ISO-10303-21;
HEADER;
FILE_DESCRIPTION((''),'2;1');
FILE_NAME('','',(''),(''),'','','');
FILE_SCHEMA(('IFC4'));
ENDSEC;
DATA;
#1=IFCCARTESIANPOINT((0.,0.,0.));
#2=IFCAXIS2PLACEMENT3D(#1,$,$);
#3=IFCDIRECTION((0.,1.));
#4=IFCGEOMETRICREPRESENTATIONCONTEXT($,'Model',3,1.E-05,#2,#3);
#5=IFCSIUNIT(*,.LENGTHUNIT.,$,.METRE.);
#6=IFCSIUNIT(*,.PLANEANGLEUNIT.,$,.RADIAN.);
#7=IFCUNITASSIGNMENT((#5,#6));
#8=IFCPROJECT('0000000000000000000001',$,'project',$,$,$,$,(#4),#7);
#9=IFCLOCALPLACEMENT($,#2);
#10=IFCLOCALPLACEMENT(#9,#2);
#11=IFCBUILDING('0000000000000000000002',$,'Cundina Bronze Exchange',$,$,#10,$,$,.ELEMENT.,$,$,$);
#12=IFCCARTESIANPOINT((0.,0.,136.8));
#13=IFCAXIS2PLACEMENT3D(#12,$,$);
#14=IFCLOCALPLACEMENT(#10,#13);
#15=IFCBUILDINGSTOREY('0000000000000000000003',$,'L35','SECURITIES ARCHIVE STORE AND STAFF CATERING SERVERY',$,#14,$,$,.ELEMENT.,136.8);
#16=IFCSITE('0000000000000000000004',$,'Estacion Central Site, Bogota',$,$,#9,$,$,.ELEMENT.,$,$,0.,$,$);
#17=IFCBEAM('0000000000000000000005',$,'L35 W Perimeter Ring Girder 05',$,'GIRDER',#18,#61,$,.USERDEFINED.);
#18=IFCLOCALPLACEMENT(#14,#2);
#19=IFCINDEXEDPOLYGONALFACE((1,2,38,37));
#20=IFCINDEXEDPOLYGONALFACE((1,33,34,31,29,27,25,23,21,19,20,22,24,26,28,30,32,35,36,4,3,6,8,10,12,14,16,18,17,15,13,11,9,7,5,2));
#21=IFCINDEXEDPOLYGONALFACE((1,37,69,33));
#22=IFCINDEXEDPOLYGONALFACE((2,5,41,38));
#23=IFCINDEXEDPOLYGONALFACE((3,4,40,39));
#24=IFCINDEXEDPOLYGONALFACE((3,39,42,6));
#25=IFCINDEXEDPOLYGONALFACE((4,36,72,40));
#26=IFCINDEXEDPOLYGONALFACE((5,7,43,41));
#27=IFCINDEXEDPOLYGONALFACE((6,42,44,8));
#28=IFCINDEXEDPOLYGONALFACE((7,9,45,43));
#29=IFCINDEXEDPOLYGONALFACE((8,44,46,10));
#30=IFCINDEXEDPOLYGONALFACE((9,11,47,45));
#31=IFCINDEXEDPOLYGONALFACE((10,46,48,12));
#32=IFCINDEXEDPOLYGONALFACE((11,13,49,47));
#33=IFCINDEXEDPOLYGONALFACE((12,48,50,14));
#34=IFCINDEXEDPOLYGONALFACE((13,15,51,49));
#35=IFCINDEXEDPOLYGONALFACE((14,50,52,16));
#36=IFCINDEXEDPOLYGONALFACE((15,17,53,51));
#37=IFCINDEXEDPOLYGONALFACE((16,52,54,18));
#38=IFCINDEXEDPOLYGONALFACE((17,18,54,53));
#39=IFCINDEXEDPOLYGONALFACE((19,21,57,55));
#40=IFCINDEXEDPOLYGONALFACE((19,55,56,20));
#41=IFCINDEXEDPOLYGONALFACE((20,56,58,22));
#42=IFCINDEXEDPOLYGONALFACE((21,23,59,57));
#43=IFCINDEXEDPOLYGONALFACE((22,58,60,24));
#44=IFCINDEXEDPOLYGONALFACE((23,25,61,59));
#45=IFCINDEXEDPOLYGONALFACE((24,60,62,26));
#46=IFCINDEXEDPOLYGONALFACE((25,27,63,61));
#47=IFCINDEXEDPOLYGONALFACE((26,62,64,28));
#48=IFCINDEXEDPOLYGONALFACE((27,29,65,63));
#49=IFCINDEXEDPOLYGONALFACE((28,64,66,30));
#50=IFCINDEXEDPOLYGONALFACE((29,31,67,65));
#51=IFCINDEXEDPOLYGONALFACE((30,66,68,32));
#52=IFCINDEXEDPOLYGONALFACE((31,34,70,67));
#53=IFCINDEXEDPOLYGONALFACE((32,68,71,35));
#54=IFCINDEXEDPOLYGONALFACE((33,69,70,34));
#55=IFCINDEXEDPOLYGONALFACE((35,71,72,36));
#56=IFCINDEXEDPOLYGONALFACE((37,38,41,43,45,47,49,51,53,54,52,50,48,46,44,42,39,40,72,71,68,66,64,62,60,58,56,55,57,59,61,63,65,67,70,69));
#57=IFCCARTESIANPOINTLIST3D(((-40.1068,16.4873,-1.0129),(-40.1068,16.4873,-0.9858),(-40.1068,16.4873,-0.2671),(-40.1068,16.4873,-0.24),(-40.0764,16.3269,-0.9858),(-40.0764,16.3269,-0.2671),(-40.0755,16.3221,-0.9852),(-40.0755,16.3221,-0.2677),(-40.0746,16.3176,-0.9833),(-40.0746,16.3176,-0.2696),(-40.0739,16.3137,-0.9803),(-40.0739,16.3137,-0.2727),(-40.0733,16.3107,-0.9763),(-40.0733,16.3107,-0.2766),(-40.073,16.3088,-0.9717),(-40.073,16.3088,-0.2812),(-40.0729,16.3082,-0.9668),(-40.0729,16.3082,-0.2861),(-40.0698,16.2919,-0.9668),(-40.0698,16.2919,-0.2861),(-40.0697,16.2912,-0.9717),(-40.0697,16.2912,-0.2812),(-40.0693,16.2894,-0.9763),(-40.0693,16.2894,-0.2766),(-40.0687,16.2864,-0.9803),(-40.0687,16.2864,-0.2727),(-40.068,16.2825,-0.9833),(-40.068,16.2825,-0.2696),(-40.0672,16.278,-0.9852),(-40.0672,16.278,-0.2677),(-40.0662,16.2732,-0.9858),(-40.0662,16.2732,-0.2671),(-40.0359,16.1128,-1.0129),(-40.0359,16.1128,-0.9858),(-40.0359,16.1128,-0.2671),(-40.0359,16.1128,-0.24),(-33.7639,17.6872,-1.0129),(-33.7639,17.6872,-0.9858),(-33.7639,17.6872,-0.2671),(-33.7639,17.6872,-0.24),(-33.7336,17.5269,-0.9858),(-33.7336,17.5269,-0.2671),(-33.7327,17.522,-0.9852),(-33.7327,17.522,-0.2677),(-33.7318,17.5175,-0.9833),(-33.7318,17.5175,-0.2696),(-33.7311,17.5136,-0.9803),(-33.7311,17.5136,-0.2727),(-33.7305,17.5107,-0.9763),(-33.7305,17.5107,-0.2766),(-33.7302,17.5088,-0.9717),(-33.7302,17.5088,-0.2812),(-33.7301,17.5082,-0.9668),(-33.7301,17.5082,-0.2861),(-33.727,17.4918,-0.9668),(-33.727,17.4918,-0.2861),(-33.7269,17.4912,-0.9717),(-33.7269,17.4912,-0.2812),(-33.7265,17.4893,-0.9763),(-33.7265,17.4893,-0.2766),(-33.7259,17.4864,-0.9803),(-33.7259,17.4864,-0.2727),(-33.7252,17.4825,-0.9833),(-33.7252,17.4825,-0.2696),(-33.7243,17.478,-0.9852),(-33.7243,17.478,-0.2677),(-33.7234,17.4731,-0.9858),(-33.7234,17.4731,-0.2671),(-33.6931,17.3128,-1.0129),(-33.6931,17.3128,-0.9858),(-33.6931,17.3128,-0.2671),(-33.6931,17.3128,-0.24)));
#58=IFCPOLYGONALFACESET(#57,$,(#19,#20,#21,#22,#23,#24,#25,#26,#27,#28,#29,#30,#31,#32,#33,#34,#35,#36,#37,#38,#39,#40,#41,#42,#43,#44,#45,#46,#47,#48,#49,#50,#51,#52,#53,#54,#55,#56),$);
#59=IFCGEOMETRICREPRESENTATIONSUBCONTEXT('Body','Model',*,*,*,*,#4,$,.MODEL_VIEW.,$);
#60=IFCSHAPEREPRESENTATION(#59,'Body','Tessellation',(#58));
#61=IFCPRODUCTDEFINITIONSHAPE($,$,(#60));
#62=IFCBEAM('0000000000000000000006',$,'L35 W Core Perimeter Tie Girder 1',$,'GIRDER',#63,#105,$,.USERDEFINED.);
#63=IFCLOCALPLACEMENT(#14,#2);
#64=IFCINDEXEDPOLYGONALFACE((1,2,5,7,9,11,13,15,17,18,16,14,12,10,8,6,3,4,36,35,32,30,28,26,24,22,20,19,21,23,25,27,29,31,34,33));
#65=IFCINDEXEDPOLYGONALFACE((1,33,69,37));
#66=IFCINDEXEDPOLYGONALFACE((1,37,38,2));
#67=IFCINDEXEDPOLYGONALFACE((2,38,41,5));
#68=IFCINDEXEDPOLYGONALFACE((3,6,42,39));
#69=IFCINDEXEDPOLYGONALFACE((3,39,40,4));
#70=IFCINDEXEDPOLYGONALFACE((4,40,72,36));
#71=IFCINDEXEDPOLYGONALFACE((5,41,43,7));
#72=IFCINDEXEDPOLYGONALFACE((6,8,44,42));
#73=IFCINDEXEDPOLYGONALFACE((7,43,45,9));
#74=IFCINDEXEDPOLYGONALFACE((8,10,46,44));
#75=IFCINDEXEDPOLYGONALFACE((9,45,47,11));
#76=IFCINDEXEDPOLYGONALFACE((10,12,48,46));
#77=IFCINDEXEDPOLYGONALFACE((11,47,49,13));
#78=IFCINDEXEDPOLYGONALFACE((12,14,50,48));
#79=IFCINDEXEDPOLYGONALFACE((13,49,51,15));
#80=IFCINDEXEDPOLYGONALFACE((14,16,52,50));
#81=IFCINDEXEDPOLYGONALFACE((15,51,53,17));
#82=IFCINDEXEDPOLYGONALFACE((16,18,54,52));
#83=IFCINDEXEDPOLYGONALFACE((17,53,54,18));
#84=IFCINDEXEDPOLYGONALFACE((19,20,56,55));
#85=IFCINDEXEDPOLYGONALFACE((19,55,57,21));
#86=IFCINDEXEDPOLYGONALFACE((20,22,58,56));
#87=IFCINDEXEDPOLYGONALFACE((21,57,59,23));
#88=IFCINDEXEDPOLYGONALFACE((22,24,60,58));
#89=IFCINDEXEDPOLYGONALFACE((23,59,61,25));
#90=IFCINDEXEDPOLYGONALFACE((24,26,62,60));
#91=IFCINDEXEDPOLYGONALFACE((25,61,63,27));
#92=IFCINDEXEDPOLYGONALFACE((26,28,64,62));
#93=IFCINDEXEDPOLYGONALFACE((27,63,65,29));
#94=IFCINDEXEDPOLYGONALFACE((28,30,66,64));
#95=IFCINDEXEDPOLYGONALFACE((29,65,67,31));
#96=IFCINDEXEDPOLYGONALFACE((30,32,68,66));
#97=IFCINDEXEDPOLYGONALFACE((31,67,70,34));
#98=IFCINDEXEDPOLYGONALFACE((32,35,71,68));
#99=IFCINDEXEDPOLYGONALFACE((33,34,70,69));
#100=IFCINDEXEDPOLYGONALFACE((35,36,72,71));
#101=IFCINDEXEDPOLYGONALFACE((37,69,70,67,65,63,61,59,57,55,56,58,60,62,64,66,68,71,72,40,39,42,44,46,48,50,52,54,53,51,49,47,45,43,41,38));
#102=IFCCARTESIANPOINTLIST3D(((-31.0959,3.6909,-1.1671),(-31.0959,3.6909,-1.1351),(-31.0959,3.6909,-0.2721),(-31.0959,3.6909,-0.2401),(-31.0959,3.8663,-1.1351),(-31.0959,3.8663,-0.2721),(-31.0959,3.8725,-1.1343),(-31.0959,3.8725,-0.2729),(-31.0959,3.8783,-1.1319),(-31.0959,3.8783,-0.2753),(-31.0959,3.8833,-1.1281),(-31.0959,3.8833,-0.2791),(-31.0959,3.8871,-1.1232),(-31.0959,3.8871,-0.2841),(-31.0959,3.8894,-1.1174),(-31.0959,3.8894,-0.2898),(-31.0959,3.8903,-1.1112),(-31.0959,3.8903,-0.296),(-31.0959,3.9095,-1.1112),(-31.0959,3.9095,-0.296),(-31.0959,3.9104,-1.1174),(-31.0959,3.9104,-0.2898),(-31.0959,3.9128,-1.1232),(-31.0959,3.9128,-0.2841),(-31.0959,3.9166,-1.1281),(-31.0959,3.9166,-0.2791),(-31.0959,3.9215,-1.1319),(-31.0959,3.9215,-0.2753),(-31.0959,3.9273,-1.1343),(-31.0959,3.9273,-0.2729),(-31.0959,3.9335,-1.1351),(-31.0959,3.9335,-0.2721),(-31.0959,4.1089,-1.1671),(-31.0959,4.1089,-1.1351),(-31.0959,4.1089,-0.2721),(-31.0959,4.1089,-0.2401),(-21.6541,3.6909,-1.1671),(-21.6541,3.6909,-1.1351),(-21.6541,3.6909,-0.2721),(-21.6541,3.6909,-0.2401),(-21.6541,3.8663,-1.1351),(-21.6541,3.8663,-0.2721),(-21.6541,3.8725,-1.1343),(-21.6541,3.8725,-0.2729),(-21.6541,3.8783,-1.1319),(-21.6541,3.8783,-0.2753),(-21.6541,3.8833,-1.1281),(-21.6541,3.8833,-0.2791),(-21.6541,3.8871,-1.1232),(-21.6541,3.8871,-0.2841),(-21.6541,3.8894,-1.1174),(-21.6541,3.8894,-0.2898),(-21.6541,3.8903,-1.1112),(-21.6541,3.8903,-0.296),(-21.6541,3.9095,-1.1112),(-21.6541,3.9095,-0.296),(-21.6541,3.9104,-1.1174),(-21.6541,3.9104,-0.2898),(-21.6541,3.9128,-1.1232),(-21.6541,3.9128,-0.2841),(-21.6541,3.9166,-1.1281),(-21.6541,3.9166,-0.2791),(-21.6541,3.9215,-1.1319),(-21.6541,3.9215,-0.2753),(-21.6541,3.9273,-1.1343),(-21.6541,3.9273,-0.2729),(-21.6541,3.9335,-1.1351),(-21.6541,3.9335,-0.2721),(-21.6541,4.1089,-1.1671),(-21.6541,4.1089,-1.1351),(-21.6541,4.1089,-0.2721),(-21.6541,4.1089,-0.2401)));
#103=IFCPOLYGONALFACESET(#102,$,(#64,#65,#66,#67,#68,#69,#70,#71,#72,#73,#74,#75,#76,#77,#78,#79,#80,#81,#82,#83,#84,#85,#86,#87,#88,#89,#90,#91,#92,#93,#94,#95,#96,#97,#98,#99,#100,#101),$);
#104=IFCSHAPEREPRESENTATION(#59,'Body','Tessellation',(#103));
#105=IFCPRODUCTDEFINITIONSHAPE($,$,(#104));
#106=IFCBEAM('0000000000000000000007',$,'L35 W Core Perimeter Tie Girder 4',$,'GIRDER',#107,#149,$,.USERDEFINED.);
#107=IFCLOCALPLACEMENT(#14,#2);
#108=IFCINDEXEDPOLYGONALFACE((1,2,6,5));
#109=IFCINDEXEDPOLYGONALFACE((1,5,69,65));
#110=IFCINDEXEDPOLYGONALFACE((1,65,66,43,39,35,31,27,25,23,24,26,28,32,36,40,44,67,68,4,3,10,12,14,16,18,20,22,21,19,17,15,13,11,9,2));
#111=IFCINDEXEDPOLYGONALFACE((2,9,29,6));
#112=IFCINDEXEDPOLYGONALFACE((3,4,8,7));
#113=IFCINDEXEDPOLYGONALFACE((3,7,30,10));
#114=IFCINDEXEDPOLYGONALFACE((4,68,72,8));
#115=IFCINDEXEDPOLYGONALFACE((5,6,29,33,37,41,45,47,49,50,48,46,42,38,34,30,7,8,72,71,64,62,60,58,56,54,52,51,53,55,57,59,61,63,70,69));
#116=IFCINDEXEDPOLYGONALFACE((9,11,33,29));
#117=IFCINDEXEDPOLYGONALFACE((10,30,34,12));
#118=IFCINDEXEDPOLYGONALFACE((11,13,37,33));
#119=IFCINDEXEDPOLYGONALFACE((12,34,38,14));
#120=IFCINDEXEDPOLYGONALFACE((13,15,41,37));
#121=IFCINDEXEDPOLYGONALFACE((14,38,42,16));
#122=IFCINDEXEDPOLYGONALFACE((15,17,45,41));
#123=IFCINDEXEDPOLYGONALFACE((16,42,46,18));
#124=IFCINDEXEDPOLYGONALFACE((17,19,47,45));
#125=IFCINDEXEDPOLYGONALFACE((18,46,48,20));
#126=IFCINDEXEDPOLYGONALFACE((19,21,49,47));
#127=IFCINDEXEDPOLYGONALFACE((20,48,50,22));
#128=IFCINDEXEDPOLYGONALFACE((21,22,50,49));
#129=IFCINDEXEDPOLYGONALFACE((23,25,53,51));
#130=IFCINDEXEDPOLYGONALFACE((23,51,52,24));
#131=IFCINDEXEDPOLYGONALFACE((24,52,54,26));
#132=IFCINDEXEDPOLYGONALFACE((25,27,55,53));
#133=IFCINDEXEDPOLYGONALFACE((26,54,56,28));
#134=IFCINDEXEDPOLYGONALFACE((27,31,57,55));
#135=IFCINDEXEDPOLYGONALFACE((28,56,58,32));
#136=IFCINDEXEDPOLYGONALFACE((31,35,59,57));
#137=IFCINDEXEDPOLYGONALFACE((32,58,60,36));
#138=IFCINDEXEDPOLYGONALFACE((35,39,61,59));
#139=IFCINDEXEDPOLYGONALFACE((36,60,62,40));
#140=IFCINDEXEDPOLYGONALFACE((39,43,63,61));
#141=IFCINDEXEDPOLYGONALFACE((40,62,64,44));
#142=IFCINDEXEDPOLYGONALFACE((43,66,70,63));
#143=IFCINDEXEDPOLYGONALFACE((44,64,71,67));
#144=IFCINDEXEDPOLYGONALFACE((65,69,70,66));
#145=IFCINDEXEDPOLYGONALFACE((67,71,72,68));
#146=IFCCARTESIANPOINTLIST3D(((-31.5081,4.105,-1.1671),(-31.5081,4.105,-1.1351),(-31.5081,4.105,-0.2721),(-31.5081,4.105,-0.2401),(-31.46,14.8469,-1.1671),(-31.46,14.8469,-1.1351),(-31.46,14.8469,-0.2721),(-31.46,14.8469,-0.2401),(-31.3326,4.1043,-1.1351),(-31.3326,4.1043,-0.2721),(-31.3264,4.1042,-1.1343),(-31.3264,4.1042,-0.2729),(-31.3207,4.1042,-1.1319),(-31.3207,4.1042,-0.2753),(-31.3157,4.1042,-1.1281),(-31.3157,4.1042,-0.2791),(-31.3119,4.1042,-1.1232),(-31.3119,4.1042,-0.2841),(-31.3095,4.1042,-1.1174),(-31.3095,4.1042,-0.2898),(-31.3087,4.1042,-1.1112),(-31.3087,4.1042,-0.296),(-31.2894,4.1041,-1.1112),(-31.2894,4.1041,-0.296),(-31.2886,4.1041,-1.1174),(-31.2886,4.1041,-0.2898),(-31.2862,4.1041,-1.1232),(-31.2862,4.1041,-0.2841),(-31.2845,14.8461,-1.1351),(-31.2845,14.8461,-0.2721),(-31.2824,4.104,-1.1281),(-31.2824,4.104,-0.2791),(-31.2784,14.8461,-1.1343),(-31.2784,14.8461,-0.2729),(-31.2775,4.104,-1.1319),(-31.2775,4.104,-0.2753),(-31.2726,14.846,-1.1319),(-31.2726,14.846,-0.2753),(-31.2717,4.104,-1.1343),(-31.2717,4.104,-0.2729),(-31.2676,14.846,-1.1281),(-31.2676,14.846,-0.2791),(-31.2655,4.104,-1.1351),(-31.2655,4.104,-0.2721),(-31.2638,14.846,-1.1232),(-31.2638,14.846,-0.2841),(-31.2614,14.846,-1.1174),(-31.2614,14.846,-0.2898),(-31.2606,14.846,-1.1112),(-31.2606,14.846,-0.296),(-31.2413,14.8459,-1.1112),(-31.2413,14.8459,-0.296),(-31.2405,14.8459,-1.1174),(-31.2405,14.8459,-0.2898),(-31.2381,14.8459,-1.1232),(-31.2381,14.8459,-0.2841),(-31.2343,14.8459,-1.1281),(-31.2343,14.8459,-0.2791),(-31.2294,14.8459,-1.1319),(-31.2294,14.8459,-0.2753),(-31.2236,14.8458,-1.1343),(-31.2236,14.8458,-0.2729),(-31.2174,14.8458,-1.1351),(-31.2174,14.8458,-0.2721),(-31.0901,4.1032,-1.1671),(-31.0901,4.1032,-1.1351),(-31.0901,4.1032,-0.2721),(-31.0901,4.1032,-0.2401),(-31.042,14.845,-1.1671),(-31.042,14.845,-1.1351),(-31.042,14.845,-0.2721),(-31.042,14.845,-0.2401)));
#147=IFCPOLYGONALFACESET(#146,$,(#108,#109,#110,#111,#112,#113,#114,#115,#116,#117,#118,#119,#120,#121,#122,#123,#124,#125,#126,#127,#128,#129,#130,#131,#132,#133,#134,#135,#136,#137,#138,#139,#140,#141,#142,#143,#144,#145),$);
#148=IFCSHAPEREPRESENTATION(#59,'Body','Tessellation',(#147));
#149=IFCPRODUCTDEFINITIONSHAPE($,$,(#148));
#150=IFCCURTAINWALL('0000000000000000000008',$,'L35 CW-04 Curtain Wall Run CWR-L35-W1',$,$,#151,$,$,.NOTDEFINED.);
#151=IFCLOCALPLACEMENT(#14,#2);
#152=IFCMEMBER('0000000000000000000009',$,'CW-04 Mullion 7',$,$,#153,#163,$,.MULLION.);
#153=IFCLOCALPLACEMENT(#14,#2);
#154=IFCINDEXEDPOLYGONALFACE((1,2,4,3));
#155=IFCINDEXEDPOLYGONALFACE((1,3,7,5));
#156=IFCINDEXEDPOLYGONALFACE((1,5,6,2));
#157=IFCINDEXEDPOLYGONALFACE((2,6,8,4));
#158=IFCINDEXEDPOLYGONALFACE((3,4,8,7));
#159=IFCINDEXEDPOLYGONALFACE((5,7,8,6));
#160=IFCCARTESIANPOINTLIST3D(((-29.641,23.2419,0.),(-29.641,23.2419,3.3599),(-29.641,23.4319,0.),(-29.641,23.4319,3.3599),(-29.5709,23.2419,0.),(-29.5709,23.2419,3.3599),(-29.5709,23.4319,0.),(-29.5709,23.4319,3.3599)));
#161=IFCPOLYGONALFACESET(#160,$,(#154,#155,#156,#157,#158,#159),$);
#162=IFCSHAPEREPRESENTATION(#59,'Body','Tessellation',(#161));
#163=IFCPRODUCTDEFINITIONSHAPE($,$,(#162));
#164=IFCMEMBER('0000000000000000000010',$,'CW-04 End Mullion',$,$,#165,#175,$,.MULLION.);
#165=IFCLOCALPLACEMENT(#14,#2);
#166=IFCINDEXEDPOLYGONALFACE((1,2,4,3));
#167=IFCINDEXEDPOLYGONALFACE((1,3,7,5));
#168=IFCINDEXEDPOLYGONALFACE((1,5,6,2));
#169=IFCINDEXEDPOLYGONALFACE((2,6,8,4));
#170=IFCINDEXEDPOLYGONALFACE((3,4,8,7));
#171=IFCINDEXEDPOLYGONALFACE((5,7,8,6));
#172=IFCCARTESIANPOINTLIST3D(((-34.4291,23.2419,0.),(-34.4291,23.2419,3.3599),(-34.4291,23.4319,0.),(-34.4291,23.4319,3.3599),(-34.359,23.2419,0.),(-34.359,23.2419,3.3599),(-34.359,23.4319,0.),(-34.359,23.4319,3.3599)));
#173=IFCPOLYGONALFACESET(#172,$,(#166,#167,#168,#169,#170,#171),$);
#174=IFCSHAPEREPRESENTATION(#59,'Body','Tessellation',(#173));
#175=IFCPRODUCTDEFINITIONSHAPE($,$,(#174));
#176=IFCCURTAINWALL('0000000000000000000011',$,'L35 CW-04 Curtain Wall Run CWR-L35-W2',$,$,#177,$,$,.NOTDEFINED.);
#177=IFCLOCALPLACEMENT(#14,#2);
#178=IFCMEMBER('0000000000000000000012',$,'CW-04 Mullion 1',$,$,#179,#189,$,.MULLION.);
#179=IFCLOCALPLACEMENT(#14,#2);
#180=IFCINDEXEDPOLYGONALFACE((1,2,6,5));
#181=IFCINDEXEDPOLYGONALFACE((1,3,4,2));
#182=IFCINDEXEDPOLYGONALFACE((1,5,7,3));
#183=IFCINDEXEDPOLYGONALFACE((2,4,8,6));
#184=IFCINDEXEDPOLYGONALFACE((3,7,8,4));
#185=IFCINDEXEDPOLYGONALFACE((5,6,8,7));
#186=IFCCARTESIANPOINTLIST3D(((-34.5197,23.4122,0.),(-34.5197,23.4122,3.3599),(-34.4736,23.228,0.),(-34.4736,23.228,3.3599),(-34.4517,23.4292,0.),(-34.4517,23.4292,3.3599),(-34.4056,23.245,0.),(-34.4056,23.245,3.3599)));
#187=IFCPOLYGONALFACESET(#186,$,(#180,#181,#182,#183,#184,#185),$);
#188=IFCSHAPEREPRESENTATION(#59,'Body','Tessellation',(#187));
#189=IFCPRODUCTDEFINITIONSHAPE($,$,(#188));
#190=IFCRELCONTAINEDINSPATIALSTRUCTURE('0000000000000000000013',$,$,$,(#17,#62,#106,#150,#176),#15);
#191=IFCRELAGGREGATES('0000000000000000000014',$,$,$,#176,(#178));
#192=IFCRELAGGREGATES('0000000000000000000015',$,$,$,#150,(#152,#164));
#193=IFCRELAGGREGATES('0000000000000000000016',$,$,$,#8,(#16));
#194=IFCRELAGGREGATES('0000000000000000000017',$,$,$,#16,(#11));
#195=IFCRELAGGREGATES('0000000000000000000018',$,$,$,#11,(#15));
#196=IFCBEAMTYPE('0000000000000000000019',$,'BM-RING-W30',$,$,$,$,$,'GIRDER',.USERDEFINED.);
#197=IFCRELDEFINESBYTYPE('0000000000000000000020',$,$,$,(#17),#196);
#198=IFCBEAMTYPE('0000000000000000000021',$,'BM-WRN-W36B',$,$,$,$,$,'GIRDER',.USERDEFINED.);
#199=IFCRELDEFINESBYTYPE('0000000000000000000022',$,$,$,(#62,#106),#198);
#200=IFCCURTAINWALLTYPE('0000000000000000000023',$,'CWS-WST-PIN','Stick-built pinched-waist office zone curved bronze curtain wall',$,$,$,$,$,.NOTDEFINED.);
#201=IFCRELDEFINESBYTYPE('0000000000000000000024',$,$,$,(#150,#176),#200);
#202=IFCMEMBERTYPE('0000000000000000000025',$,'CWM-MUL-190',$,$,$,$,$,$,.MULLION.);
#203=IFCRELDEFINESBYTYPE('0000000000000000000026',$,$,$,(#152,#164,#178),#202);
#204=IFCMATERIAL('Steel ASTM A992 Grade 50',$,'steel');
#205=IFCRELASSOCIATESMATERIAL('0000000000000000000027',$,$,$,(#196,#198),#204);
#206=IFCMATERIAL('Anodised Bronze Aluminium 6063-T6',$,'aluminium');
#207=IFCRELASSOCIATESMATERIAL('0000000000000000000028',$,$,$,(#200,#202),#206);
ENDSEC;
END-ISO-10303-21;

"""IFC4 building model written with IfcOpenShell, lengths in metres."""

from ifc_helpers import new_model, si_unit, direction, frame, origin, origin_2d, place, context, subcontext, project, spatial, rectangle, i_section, extrude, material, material_profile, profile_set, type_object, element, aggregate, save


model = new_model("IFC4")

# Units and contexts
model_context = context("Model", 3, precision=1e-05, world=origin(), true_north=direction((0.0, 1.0)))
body_context = subcontext(model_context, "Body", "Model", "MODEL_VIEW")
ifc_project = project(units=[si_unit("LENGTHUNIT", "METRE"), si_unit("PLANEANGLEUNIT", "RADIAN")], contexts=[model_context])

# Site, building, storey
site_placement = place(None, origin())
site = spatial("IfcSite", under=ifc_project, at=site_placement, Name="Estacion Central Site, Bogota", CompositionType="ELEMENT", RefElevation=0.0)
building_placement = place(site_placement, origin())
building = spatial("IfcBuilding", under=site, at=building_placement, Name="Cundina Bronze Exchange", CompositionType="ELEMENT")
storey_placement = place(building_placement, frame((0.0, 0.0, 136.8)))
storey = spatial("IfcBuildingStorey", under=building, at=storey_placement, Name="L35", Description="SECURITIES ARCHIVE STORE AND STAFF CATERING SERVERY", CompositionType="ELEMENT", Elevation=136.8)

# Shared definitions
ifc_material_1 = material(Name="Steel ASTM A992 Grade 50", Category="steel")

# Beams
ifc_material_profile_1 = material_profile(ifc_material_1, i_section(OverallWidth=0.3811, OverallDepth=0.7729, WebThickness=0.0166, FlangeThickness=0.0271, FilletRadius=0.019, at=origin_2d()), Name="W30X173", Category="steel")
ifc_profile_set_1 = profile_set([ifc_material_profile_1], Name="Steel ASTM A992 Grade 50")
beam_type_1 = type_object("IfcBeamType", Name="BM-RING-W30", ElementType="GIRDER", PredefinedType="USERDEFINED", material=ifc_profile_set_1)
beam_1_placement = place(storey_placement, frame((-33.7285, 17.5, -0.6265), z_axis=(-0.982571, -0.185887, 0.0), x_axis=(0.185887, -0.982571, 0.0)))
element("IfcBeam", 1, at=beam_1_placement, inside=storey, type_object=beam_type_1, Name="L35 W Perimeter Ring Girder 05", ObjectType="GIRDER", PredefinedType="USERDEFINED", context=body_context, shape_type="SweptSolid", body=[
    extrude(i_section(OverallWidth=0.3811, OverallDepth=0.7729, WebThickness=0.0166, FlangeThickness=0.0271, FilletRadius=0.019, at=origin_2d()), origin(), (0.0, 0.0, 1.0), 6.4553),
])
ifc_material_profile_2 = material_profile(ifc_material_1, i_section(OverallWidth=0.418, OverallDepth=0.927, WebThickness=0.0193, FlangeThickness=0.032, FilletRadius=0.0239, at=origin_2d()), Name="W36X231", Category="steel")
ifc_profile_set_2 = profile_set([ifc_material_profile_2], Name="Steel ASTM A992 Grade 50")
beam_type_2 = type_object("IfcBeamType", Name="BM-WRN-W36B", ElementType="GIRDER", PredefinedType="USERDEFINED", material=ifc_profile_set_2)
beam_2_placement = place(storey_placement, frame((-31.0959, 3.8999, -0.7036), z_axis=(1.0, 0.0, 0.0), x_axis=(0.0, 1.0, 0.0)))
element("IfcBeam", 2, at=beam_2_placement, inside=storey, type_object=beam_type_2, Name="L35 W Core Perimeter Tie Girder 1", ObjectType="GIRDER", PredefinedType="USERDEFINED", context=body_context, shape_type="SweptSolid", body=[
    extrude(i_section(OverallWidth=0.418, OverallDepth=0.927, WebThickness=0.0193, FlangeThickness=0.032, FilletRadius=0.0239, at=origin_2d()), origin(), (0.0, 0.0, 1.0), 9.4419),
])
beam_3_placement = place(storey_placement, frame((-31.251, 14.8459, -0.7036), z_axis=(-0.004477, -0.99999, 0.0), x_axis=(0.99999, -0.004477, 0.0)))
element("IfcBeam", 3, at=beam_3_placement, inside=storey, type_object=beam_type_2, Name="L35 W Core Perimeter Tie Girder 4", ObjectType="GIRDER", PredefinedType="USERDEFINED", context=body_context, shape_type="SweptSolid", body=[
    extrude(i_section(OverallWidth=0.418, OverallDepth=0.927, WebThickness=0.0193, FlangeThickness=0.032, FilletRadius=0.0239, at=origin_2d()), origin(), (0.0, 0.0, 1.0), 10.7419),
])

# Curtain wall, members
ifc_material_2 = material(Name="Anodised Bronze Aluminium 6063-T6", Category="aluminium")
curtain_wall_type = type_object("IfcCurtainWallType", Name="CWS-WST-PIN", Description="Stick-built pinched-waist office zone curved bronze curtain wall", PredefinedType="NOTDEFINED", material=ifc_material_2)
curtain_wall_1_placement = place(storey_placement, origin())
curtain_wall_1 = element("IfcCurtainWall", 4, at=curtain_wall_1_placement, inside=storey, type_object=curtain_wall_type, Name="L35 CW-04 Curtain Wall Run CWR-L35-W1", PredefinedType="NOTDEFINED")
ifc_material_profile_3 = material_profile(ifc_material_2, rectangle(XDim=0.0701, YDim=0.1899, at=origin_2d()), Name="AL70X190", Category="aluminium")
ifc_profile_set_3 = profile_set([ifc_material_profile_3], Name="Anodised Bronze Aluminium 6063-T6")
member_type_1 = type_object("IfcMemberType", Name="CWM-MUL-190", PredefinedType="MULLION", material=ifc_profile_set_3)
member_1_placement = place(storey_placement, frame((-29.606, 23.3369, 0.0), z_axis=(0.0, 0.0, 1.0), x_axis=(-1.0, 0.0, 0.0)))
member_1 = element("IfcMember", 5, at=member_1_placement, type_object=member_type_1, Name="CW-04 Mullion 7", PredefinedType="MULLION", context=body_context, shape_type="SweptSolid", body=[
    extrude(rectangle(XDim=0.0701, YDim=0.1899, at=origin_2d()), origin(), (0.0, 0.0, 1.0), 3.3599),
])
member_2_placement = place(storey_placement, frame((-34.394, 23.3369, 0.0), z_axis=(0.0, 0.0, 1.0), x_axis=(-1.0, 0.0, 0.0)))
member_2 = element("IfcMember", 6, at=member_2_placement, type_object=member_type_1, Name="CW-04 End Mullion", PredefinedType="MULLION", context=body_context, shape_type="SweptSolid", body=[
    extrude(rectangle(XDim=0.0701, YDim=0.1899, at=origin_2d()), origin(), (0.0, 0.0, 1.0), 3.3599),
])

# Curtain wall, member
curtain_wall_2_placement = place(storey_placement, origin())
curtain_wall_2 = element("IfcCurtainWall", 7, at=curtain_wall_2_placement, inside=storey, type_object=curtain_wall_type, Name="L35 CW-04 Curtain Wall Run CWR-L35-W2", PredefinedType="NOTDEFINED")
member_3_placement = place(storey_placement, frame((-34.4626, 23.3286, 0.0), z_axis=(0.0, 0.0, 1.0), x_axis=(-0.970084, -0.242769, 0.0)))
member_3 = element("IfcMember", 8, at=member_3_placement, type_object=member_type_1, Name="CW-04 Mullion 1", PredefinedType="MULLION", context=body_context, shape_type="SweptSolid", body=[
    extrude(rectangle(XDim=0.0701, YDim=0.1899, at=origin_2d()), origin(), (0.0, 0.0, 1.0), 3.3599),
])

aggregate(curtain_wall_2, [member_3])

aggregate(curtain_wall_1, [member_1, member_2])

save(model, "model.ifc")
